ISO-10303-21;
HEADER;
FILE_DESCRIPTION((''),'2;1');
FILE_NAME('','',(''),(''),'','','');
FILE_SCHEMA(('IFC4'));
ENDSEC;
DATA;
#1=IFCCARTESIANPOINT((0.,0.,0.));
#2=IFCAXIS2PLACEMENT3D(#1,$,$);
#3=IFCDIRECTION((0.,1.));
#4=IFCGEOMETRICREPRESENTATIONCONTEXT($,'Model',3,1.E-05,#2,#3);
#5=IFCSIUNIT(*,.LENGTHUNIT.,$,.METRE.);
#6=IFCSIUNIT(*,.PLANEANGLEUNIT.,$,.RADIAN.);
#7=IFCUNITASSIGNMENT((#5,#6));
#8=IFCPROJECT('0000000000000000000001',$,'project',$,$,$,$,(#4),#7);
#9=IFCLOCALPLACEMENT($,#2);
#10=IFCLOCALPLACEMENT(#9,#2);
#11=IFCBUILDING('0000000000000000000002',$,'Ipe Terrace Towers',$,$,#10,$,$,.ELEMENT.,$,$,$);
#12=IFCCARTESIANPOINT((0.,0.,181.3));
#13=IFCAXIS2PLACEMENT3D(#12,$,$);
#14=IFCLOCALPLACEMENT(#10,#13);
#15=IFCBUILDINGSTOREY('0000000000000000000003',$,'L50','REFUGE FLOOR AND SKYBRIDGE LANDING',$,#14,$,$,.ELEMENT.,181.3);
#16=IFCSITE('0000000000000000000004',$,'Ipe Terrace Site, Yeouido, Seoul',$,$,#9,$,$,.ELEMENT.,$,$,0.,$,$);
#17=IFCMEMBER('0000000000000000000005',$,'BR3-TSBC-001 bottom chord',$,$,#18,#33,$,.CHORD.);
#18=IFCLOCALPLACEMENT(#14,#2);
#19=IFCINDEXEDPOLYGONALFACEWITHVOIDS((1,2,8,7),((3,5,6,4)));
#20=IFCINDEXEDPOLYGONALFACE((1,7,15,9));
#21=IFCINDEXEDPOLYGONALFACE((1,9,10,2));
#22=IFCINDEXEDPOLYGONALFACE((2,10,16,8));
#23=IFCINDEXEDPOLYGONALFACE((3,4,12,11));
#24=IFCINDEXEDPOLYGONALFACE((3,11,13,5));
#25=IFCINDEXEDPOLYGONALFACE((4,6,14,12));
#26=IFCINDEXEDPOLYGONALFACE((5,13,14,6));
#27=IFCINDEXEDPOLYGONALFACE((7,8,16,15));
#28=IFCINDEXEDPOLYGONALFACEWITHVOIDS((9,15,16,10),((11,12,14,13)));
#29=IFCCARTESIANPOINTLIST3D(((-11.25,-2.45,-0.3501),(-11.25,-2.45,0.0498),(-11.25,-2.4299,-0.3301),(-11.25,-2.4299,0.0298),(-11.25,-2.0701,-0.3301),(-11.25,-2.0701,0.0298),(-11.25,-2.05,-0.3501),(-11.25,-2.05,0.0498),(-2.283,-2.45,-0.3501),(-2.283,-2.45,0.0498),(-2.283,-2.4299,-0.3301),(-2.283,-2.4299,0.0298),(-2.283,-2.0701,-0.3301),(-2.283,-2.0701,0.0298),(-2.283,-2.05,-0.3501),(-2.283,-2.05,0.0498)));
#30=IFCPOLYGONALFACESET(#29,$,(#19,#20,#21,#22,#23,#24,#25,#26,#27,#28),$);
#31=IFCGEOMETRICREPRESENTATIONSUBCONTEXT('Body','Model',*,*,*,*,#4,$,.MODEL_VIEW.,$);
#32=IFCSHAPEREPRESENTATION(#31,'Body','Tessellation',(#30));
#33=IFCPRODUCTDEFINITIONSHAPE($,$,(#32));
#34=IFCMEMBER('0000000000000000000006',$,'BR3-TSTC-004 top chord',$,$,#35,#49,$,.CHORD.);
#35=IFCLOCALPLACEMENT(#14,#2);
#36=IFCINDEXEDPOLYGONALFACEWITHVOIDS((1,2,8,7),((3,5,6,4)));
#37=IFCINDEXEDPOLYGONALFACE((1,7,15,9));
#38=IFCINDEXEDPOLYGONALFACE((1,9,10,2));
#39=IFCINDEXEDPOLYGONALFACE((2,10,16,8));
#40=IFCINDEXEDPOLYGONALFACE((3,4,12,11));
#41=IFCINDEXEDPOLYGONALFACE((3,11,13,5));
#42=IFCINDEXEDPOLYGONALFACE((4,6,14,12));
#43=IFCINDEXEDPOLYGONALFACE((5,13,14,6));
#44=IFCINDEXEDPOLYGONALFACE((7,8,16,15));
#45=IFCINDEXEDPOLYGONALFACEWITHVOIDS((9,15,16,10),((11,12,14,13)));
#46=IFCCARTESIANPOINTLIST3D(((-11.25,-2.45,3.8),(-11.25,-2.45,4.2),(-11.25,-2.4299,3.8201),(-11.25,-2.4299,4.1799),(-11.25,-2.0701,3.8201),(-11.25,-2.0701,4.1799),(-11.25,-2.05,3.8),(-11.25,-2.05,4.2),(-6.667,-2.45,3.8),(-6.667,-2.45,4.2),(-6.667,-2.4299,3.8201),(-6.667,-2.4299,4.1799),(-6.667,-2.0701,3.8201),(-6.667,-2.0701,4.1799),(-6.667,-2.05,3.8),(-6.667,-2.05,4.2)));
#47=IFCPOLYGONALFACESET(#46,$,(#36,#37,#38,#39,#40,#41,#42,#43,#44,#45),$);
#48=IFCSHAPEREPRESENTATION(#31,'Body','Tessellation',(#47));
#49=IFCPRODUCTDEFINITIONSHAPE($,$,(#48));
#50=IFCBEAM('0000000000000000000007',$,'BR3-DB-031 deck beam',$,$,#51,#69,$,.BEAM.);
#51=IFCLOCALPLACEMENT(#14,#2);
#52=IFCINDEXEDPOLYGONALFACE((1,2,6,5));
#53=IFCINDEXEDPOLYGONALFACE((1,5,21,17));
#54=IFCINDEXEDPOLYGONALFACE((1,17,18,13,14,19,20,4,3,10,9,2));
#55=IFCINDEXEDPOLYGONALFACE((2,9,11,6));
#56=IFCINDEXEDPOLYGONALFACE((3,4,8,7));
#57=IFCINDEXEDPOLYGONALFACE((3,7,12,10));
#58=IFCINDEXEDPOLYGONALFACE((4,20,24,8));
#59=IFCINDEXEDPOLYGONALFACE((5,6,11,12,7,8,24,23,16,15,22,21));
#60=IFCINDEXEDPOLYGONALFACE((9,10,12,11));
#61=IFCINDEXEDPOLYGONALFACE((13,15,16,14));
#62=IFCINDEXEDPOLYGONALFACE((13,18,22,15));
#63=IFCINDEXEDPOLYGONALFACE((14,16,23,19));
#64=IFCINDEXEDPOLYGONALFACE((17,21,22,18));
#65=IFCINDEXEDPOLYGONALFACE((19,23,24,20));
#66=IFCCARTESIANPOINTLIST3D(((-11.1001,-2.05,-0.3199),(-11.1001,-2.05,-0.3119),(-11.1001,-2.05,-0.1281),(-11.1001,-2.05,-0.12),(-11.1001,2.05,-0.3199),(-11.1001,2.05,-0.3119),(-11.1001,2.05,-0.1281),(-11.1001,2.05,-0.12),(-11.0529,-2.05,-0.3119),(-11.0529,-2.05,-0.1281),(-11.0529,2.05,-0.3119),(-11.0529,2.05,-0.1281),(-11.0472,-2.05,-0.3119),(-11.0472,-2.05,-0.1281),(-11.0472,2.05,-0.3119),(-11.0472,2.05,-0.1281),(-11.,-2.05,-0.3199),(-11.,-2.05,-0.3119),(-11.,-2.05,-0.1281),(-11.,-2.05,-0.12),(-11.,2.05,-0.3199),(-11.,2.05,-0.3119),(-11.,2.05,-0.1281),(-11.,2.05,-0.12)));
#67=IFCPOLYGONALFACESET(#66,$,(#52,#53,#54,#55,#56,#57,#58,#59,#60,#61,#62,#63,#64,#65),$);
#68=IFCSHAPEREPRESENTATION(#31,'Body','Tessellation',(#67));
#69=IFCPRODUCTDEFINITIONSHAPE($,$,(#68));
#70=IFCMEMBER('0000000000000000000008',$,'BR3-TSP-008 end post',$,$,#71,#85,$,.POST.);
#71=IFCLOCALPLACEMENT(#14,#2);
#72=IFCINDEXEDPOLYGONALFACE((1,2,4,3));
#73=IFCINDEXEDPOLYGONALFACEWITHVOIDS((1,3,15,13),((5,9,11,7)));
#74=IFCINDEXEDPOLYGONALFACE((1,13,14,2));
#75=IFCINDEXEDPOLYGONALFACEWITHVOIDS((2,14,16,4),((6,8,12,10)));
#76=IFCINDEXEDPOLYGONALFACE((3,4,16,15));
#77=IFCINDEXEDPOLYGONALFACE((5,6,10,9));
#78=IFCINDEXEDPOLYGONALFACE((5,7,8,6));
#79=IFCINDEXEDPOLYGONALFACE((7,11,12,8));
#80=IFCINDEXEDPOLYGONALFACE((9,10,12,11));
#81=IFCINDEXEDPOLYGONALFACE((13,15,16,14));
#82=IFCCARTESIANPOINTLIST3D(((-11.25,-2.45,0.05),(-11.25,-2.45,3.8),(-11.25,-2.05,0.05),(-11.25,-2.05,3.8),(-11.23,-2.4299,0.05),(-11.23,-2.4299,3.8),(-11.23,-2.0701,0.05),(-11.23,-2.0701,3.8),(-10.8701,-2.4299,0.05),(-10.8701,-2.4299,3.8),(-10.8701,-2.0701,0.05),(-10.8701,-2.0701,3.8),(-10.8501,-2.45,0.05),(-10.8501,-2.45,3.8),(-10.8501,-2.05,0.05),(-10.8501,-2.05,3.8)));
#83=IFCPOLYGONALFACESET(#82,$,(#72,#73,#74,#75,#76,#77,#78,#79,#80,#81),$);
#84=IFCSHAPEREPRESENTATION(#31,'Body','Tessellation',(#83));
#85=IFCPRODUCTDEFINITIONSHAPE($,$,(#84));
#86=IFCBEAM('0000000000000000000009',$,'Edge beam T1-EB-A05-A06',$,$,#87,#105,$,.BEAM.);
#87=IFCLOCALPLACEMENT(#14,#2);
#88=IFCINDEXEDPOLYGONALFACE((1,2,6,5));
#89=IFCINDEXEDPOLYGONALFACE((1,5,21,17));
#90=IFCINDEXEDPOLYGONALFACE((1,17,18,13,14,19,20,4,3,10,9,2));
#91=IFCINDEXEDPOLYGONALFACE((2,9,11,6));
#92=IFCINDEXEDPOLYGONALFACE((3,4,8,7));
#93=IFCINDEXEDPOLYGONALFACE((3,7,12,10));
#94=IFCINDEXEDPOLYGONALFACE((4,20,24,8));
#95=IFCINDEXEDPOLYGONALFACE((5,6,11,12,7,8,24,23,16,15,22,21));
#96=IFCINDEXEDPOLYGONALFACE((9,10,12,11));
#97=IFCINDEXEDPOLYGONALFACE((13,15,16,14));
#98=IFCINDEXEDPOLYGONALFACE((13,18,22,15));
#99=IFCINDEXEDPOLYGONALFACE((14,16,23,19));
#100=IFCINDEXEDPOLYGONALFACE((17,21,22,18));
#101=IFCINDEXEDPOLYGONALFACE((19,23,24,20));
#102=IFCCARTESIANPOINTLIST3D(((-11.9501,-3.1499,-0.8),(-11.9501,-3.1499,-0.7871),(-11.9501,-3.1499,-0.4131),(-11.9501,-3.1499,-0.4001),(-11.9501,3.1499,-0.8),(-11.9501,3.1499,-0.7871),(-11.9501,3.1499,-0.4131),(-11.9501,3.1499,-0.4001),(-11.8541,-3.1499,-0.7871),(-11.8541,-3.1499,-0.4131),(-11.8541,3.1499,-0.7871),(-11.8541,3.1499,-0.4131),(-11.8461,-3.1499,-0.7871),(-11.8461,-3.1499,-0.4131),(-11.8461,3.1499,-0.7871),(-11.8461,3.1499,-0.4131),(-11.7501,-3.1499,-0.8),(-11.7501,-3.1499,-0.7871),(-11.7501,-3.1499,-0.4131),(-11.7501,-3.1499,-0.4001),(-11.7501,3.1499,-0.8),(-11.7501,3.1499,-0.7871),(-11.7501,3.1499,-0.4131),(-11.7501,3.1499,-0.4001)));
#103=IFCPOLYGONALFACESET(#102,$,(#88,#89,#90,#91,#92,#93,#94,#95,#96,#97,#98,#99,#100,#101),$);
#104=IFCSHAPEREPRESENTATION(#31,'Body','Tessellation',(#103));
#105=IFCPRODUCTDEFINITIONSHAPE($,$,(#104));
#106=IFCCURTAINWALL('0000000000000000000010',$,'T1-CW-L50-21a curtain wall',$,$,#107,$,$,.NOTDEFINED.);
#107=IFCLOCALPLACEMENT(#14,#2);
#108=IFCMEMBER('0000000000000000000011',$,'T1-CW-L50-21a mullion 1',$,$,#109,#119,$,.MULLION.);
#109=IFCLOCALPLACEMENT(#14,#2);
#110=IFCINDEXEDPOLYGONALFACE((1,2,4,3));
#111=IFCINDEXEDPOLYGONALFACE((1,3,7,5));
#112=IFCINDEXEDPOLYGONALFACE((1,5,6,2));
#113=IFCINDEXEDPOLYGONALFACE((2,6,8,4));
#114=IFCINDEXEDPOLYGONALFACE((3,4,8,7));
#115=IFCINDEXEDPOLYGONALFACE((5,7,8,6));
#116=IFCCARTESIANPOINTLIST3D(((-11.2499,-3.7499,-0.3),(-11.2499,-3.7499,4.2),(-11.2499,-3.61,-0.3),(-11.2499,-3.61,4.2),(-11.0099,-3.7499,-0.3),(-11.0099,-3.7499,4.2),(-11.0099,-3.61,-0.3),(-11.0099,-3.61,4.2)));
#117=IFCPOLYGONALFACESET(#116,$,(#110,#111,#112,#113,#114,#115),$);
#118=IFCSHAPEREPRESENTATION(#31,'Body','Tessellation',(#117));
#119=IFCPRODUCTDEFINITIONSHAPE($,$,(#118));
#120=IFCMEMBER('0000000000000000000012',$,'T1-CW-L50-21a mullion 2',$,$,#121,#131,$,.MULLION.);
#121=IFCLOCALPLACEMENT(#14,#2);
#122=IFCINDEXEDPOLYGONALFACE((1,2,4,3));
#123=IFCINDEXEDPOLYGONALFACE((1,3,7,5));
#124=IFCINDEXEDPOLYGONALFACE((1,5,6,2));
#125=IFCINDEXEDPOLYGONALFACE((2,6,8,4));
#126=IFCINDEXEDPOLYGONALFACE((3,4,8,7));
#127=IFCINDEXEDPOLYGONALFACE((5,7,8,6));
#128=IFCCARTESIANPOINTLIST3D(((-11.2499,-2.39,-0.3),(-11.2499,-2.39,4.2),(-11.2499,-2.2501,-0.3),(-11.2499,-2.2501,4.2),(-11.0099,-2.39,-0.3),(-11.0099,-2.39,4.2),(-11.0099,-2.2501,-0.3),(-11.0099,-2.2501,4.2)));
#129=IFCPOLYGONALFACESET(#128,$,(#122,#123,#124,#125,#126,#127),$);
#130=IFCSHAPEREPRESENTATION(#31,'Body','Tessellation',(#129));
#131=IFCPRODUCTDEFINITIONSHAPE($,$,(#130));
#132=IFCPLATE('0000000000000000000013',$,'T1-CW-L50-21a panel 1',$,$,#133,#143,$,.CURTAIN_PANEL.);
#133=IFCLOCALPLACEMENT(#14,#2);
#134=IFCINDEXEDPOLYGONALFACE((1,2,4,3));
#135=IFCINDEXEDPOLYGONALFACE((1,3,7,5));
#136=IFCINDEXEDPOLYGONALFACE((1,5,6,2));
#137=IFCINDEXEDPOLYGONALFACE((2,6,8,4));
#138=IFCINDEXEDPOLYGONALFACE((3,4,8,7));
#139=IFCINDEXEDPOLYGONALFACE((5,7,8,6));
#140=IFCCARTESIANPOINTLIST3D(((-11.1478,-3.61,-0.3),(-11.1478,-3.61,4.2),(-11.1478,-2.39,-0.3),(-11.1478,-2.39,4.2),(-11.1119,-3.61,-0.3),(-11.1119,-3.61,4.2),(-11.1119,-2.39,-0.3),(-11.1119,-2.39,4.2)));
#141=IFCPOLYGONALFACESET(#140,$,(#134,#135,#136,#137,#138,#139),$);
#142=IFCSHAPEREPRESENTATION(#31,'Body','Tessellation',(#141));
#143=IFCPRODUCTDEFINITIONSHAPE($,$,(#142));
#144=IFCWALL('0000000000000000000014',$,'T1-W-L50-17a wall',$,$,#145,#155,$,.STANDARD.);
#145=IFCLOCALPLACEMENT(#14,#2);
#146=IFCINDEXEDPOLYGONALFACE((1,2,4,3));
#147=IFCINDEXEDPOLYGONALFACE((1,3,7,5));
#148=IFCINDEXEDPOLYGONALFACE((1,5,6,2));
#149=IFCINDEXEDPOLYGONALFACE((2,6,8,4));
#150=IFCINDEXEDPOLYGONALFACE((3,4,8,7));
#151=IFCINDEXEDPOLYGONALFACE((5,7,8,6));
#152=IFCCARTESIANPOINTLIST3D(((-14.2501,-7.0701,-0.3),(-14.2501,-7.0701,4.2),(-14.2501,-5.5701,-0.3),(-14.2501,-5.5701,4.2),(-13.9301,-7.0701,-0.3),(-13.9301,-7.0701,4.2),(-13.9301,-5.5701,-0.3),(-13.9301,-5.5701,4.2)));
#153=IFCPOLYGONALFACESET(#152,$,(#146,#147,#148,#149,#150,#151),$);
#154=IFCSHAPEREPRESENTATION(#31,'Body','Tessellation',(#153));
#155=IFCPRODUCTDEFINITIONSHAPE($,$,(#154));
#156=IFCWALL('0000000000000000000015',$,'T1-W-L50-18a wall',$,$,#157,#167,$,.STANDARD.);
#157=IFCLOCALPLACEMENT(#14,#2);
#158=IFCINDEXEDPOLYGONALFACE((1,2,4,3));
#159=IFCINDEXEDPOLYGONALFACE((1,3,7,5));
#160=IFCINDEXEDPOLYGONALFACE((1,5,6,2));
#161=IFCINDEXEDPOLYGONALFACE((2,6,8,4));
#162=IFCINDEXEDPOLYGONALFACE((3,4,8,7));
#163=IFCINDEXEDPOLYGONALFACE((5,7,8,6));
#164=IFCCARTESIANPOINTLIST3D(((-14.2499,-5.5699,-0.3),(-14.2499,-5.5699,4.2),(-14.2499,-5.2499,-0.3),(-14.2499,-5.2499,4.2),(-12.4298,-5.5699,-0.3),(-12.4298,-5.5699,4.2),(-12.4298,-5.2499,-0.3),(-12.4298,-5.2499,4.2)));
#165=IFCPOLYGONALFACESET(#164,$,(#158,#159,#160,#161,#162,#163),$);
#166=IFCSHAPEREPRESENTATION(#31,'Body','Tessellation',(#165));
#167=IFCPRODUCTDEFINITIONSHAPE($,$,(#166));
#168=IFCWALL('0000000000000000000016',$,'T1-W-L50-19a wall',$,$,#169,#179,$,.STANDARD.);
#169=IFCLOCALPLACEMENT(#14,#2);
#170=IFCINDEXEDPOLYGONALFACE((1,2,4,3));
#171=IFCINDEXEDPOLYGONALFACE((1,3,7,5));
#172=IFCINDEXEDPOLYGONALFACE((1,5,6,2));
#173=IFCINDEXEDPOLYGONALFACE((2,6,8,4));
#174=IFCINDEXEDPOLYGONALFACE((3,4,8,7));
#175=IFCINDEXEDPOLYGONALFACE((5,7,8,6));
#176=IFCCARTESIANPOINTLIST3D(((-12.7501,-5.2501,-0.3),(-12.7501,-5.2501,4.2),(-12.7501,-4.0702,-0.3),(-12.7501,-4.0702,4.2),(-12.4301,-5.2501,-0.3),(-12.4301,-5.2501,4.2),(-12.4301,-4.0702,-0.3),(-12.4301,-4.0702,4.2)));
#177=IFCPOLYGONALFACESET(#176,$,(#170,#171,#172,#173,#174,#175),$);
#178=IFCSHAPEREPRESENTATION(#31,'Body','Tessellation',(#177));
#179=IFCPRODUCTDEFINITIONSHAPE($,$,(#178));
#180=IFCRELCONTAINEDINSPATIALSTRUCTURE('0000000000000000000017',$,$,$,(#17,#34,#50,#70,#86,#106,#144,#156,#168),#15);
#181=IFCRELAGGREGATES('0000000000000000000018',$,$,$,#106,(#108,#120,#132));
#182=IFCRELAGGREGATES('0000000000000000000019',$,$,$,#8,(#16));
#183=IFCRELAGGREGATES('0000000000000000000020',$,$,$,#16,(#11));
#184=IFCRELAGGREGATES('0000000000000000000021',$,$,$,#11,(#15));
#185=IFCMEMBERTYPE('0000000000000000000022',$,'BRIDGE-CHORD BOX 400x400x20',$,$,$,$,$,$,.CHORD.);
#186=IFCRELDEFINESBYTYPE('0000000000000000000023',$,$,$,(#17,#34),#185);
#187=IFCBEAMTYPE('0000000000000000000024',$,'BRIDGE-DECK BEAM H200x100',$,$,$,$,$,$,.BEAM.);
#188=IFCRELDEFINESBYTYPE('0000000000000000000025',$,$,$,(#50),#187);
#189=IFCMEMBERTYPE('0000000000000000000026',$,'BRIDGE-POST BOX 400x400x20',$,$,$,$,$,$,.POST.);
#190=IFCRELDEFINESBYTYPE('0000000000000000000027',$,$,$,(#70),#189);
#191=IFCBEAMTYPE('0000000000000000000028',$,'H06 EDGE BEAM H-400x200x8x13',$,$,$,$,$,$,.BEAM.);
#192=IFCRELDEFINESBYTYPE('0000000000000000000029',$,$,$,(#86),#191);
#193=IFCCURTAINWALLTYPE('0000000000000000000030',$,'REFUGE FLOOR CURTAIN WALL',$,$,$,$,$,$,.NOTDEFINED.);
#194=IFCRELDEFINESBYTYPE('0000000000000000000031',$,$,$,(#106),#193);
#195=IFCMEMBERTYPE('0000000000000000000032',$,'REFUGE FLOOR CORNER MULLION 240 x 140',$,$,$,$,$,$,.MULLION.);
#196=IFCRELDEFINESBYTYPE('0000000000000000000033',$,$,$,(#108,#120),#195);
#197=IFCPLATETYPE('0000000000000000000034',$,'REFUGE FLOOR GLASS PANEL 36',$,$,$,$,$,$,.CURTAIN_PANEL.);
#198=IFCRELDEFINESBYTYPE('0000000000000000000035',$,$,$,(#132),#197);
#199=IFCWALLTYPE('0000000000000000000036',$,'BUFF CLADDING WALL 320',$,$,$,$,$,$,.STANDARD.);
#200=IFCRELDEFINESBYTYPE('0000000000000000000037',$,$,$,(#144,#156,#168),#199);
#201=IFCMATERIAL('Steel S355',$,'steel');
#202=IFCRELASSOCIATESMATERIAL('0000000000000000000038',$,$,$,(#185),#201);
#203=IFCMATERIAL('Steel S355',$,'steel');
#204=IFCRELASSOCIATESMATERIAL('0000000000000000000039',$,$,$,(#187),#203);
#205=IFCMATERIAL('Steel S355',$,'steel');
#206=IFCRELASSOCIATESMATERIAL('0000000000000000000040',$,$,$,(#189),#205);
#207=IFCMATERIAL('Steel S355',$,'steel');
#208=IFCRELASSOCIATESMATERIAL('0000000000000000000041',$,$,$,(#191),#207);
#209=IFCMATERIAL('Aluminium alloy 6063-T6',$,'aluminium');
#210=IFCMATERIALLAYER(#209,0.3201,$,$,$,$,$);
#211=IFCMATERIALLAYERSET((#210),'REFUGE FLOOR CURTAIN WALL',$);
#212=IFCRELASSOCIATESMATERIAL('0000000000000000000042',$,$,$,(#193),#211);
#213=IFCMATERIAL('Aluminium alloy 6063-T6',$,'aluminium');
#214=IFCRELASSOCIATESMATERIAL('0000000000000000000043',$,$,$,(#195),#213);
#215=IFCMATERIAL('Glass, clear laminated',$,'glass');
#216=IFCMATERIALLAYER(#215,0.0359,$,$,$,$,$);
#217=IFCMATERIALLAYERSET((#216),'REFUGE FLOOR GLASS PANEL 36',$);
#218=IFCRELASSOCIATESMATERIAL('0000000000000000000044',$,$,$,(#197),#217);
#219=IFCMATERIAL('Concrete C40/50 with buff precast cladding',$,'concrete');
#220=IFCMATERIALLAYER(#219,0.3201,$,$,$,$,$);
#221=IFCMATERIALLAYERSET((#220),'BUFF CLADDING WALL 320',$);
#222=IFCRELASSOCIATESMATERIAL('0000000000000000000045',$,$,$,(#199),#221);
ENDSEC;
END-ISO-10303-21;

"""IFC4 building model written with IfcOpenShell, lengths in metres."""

from ifc_helpers import new_model, si_unit, direction, frame, frame_2d, origin, origin_2d, place, context, subcontext, project, spatial, rectangle, hollow_rectangle, i_section, extrude, material, layer, layer_set, material_profile, profile_set, type_object, element, aggregate, save


model = new_model("IFC4")

# Units and contexts
model_context = context("Model", 3, precision=1e-05, world=origin(), true_north=direction((0.0, 1.0)))
body_context = subcontext(model_context, "Body", "Model", "MODEL_VIEW")
ifc_project = project(units=[si_unit("LENGTHUNIT", "METRE"), si_unit("PLANEANGLEUNIT", "RADIAN")], contexts=[model_context])

# Site, building, storey
site_placement = place(None, origin())
site = spatial("IfcSite", under=ifc_project, at=site_placement, Name="Ipe Terrace Site, Yeouido, Seoul", CompositionType="ELEMENT", RefElevation=0.0)
building_placement = place(site_placement, origin())
building = spatial("IfcBuilding", under=site, at=building_placement, Name="Ipe Terrace Towers", CompositionType="ELEMENT")
storey_placement = place(building_placement, frame((0.0, 0.0, 181.3)))
storey = spatial("IfcBuildingStorey", under=building, at=storey_placement, Name="L50", Description="REFUGE FLOOR AND SKYBRIDGE LANDING", CompositionType="ELEMENT", Elevation=181.3)

# Members
ifc_material_1 = material(Name="Steel S355", Category="steel")
ifc_material_profile_1 = material_profile(ifc_material_1, hollow_rectangle(XDim=0.3999, YDim=0.3999, WallThickness=0.02, at=origin_2d()), Name="BRIDGE-CHORD BOX 400x400x20")
ifc_profile_set_1 = profile_set([ifc_material_profile_1], Name="Steel S355")
member_type_1 = type_object("IfcMemberType", Name="BRIDGE-CHORD BOX 400x400x20", PredefinedType="CHORD", material=ifc_profile_set_1)
member_1_placement = place(storey_placement, frame((-11.25, -2.25, -0.1501), z_axis=(1.0, 0.0, 0.0), x_axis=(0.0, 1.0, 0.0)))
element("IfcMember", 1, at=member_1_placement, inside=storey, type_object=member_type_1, Name="BR3-TSBC-001 bottom chord", PredefinedType="CHORD", context=body_context, shape_type="SweptSolid", body=[
    extrude(hollow_rectangle(XDim=0.3999, YDim=0.3999, WallThickness=0.02, at=origin_2d()), origin(), (0.0, 0.0, 1.0), 8.967),
])
member_2_placement = place(storey_placement, frame((-11.25, -2.25, 4.0), z_axis=(1.0, 0.0, 0.0), x_axis=(0.0, 1.0, 0.0)))
element("IfcMember", 2, at=member_2_placement, inside=storey, type_object=member_type_1, Name="BR3-TSTC-004 top chord", PredefinedType="CHORD", context=body_context, shape_type="SweptSolid", body=[
    extrude(hollow_rectangle(XDim=0.3999, YDim=0.3999, WallThickness=0.02, at=origin_2d()), origin(), (0.0, 0.0, 1.0), 4.583),
])

# Beam
ifc_material_2 = material(Name="Steel S355", Category="steel")
ifc_material_profile_2 = material_profile(ifc_material_2, i_section(OverallWidth=0.1001, OverallDepth=0.2, WebThickness=0.0056, FlangeThickness=0.0081, at=origin_2d()), Name="H200x100")
ifc_profile_set_2 = profile_set([ifc_material_profile_2], Name="Steel S355")
beam_type_1 = type_object("IfcBeamType", Name="BRIDGE-DECK BEAM H200x100", PredefinedType="BEAM", material=ifc_profile_set_2)
beam_1_placement = place(storey_placement, frame((-11.05, -2.05, -0.22), z_axis=(0.0, 1.0, 0.0), x_axis=(-1.0, 0.0, 0.0)))
element("IfcBeam", 3, at=beam_1_placement, inside=storey, type_object=beam_type_1, Name="BR3-DB-031 deck beam", PredefinedType="BEAM", context=body_context, shape_type="SweptSolid", body=[
    extrude(i_section(OverallWidth=0.1001, OverallDepth=0.2, WebThickness=0.0056, FlangeThickness=0.0081, at=origin_2d()), origin(), (0.0, 0.0, 1.0), 4.1001),
])

# Member
ifc_material_3 = material(Name="Steel S355", Category="steel")
ifc_material_profile_3 = material_profile(ifc_material_3, hollow_rectangle(XDim=0.3999, YDim=0.3999, WallThickness=0.02, at=origin_2d()), Name="BRIDGE-POST BOX 400x400x20")
ifc_profile_set_3 = profile_set([ifc_material_profile_3], Name="Steel S355")
member_type_2 = type_object("IfcMemberType", Name="BRIDGE-POST BOX 400x400x20", PredefinedType="POST", material=ifc_profile_set_3)
member_3_placement = place(storey_placement, frame((-11.05, -2.25, 0.05), z_axis=(0.0, 0.0, 1.0), x_axis=(1.0, 0.0, 0.0)))
element("IfcMember", 4, at=member_3_placement, inside=storey, type_object=member_type_2, Name="BR3-TSP-008 end post", PredefinedType="POST", context=body_context, shape_type="SweptSolid", body=[
    extrude(hollow_rectangle(XDim=0.3999, YDim=0.3999, WallThickness=0.02, at=origin_2d()), origin(), (0.0, 0.0, 1.0), 3.75),
])

# Beam
ifc_material_4 = material(Name="Steel S355", Category="steel")
ifc_material_profile_4 = material_profile(ifc_material_4, i_section(OverallWidth=0.2, OverallDepth=0.3999, WebThickness=0.0081, FlangeThickness=0.0129, at=origin_2d()), Name="H-400x200x8x13")
ifc_profile_set_4 = profile_set([ifc_material_profile_4], Name="Steel S355")
beam_type_2 = type_object("IfcBeamType", Name="H06 EDGE BEAM H-400x200x8x13", PredefinedType="BEAM", material=ifc_profile_set_4)
beam_2_placement = place(storey_placement, frame((-11.8501, -3.1499, -0.6001), z_axis=(0.0, 1.0, 0.0), x_axis=(-1.0, 0.0, 0.0)))
element("IfcBeam", 5, at=beam_2_placement, inside=storey, type_object=beam_type_2, Name="Edge beam T1-EB-A05-A06", PredefinedType="BEAM", context=body_context, shape_type="SweptSolid", body=[
    extrude(i_section(OverallWidth=0.2, OverallDepth=0.3999, WebThickness=0.0081, FlangeThickness=0.0129, at=origin_2d()), origin(), (0.0, 0.0, 1.0), 6.2998),
])

# Curtain wall, members, plate
ifc_material_5 = material(Name="Aluminium alloy 6063-T6", Category="aluminium")
ifc_layer_1 = layer(ifc_material_5, 0.3201)
ifc_layer_set_1 = layer_set([ifc_layer_1], Name="REFUGE FLOOR CURTAIN WALL")
curtain_wall_type_1 = type_object("IfcCurtainWallType", Name="REFUGE FLOOR CURTAIN WALL", PredefinedType="NOTDEFINED", material=ifc_layer_set_1)
curtain_wall_1_placement = place(storey_placement, origin())
curtain_wall_1 = element("IfcCurtainWall", 6, at=curtain_wall_1_placement, inside=storey, type_object=curtain_wall_type_1, Name="T1-CW-L50-21a curtain wall", PredefinedType="NOTDEFINED")
ifc_material_6 = material(Name="Aluminium alloy 6063-T6", Category="aluminium")
ifc_material_profile_5 = material_profile(ifc_material_6, rectangle(XDim=0.24, YDim=0.1399, at=origin_2d()), Name="REFUGE FLOOR CORNER MULLION 240 x 140")
ifc_profile_set_5 = profile_set([ifc_material_profile_5], Name="Aluminium alloy 6063-T6")
member_type_3 = type_object("IfcMemberType", Name="REFUGE FLOOR CORNER MULLION 240 x 140", PredefinedType="MULLION", material=ifc_profile_set_5)
member_4_placement = place(storey_placement, frame((-11.1299, -3.6799, -0.3), z_axis=(0.0, 0.0, 1.0), x_axis=(1.0, 0.0, 0.0)))
member_4 = element("IfcMember", 7, at=member_4_placement, type_object=member_type_3, Name="T1-CW-L50-21a mullion 1", PredefinedType="MULLION", context=body_context, shape_type="SweptSolid", body=[
    extrude(rectangle(XDim=0.24, YDim=0.1399, at=origin_2d()), origin(), (0.0, 0.0, 1.0), 4.5),
])
member_5_placement = place(storey_placement, frame((-11.1299, -2.3201, -0.3), z_axis=(0.0, 0.0, 1.0), x_axis=(1.0, 0.0, 0.0)))
member_5 = element("IfcMember", 8, at=member_5_placement, type_object=member_type_3, Name="T1-CW-L50-21a mullion 2", PredefinedType="MULLION", context=body_context, shape_type="SweptSolid", body=[
    extrude(rectangle(XDim=0.24, YDim=0.1399, at=origin_2d()), origin(), (0.0, 0.0, 1.0), 4.5),
])
ifc_material_7 = material(Name="Glass, clear laminated", Category="glass")
ifc_layer_2 = layer(ifc_material_7, 0.0359)
ifc_layer_set_2 = layer_set([ifc_layer_2], Name="REFUGE FLOOR GLASS PANEL 36")
plate_type = type_object("IfcPlateType", Name="REFUGE FLOOR GLASS PANEL 36", PredefinedType="CURTAIN_PANEL", material=ifc_layer_set_2)
plate_placement = place(storey_placement, frame((-11.1299, -3.0, -0.3), z_axis=(0.0, 0.0, 1.0), x_axis=(0.0, 1.0, 0.0)))
plate = element("IfcPlate", 9, at=plate_placement, type_object=plate_type, Name="T1-CW-L50-21a panel 1", PredefinedType="CURTAIN_PANEL", context=body_context, shape_type="SweptSolid", body=[
    extrude(rectangle(XDim=1.22, YDim=0.0359, at=origin_2d()), origin(), (0.0, 0.0, 1.0), 4.5),
])
aggregate(curtain_wall_1, [member_4, member_5, plate])

# Walls
ifc_material_8 = material(Name="Concrete C40/50 with buff precast cladding", Category="concrete")
ifc_layer_3 = layer(ifc_material_8, 0.3201)
ifc_layer_set_3 = layer_set([ifc_layer_3], Name="BUFF CLADDING WALL 320")
wall_type = type_object("IfcWallType", Name="BUFF CLADDING WALL 320", PredefinedType="STANDARD", material=ifc_layer_set_3)
wall_1_placement = place(storey_placement, frame((-14.0901, -7.0701, -0.3), z_axis=(0.0, 0.0, 1.0), x_axis=(0.0, 1.0, 0.0)))
element("IfcWall", 10, at=wall_1_placement, inside=storey, type_object=wall_type, Name="T1-W-L50-17a wall", PredefinedType="STANDARD", context=body_context, shape_type="SweptSolid", body=[
    extrude(rectangle(XDim=1.5, YDim=0.3201, at=frame_2d((0.75, 0.0))), origin(), (0.0, 0.0, 1.0), 4.5),
])
wall_2_placement = place(storey_placement, frame((-14.25, -5.4099, -0.3), z_axis=(0.0, 0.0, 1.0), x_axis=(1.0, 0.0, 0.0)))
element("IfcWall", 11, at=wall_2_placement, inside=storey, type_object=wall_type, Name="T1-W-L50-18a wall", PredefinedType="STANDARD", context=body_context, shape_type="SweptSolid", body=[
    extrude(rectangle(XDim=1.8201, YDim=0.3201, at=frame_2d((0.9102, 0.0))), origin(), (0.0, 0.0, 1.0), 4.5),
])
wall_3_placement = place(storey_placement, frame((-12.5901, -5.25, -0.3), z_axis=(0.0, 0.0, 1.0), x_axis=(0.0, 1.0, 0.0)))
element("IfcWall", 12, at=wall_3_placement, inside=storey, type_object=wall_type, Name="T1-W-L50-19a wall", PredefinedType="STANDARD", context=body_context, shape_type="SweptSolid", body=[
    extrude(rectangle(XDim=1.1799, YDim=0.3201, at=frame_2d((0.5898, 0.0))), origin(), (0.0, 0.0, 1.0), 4.5),
])

save(model, "model.ifc")
